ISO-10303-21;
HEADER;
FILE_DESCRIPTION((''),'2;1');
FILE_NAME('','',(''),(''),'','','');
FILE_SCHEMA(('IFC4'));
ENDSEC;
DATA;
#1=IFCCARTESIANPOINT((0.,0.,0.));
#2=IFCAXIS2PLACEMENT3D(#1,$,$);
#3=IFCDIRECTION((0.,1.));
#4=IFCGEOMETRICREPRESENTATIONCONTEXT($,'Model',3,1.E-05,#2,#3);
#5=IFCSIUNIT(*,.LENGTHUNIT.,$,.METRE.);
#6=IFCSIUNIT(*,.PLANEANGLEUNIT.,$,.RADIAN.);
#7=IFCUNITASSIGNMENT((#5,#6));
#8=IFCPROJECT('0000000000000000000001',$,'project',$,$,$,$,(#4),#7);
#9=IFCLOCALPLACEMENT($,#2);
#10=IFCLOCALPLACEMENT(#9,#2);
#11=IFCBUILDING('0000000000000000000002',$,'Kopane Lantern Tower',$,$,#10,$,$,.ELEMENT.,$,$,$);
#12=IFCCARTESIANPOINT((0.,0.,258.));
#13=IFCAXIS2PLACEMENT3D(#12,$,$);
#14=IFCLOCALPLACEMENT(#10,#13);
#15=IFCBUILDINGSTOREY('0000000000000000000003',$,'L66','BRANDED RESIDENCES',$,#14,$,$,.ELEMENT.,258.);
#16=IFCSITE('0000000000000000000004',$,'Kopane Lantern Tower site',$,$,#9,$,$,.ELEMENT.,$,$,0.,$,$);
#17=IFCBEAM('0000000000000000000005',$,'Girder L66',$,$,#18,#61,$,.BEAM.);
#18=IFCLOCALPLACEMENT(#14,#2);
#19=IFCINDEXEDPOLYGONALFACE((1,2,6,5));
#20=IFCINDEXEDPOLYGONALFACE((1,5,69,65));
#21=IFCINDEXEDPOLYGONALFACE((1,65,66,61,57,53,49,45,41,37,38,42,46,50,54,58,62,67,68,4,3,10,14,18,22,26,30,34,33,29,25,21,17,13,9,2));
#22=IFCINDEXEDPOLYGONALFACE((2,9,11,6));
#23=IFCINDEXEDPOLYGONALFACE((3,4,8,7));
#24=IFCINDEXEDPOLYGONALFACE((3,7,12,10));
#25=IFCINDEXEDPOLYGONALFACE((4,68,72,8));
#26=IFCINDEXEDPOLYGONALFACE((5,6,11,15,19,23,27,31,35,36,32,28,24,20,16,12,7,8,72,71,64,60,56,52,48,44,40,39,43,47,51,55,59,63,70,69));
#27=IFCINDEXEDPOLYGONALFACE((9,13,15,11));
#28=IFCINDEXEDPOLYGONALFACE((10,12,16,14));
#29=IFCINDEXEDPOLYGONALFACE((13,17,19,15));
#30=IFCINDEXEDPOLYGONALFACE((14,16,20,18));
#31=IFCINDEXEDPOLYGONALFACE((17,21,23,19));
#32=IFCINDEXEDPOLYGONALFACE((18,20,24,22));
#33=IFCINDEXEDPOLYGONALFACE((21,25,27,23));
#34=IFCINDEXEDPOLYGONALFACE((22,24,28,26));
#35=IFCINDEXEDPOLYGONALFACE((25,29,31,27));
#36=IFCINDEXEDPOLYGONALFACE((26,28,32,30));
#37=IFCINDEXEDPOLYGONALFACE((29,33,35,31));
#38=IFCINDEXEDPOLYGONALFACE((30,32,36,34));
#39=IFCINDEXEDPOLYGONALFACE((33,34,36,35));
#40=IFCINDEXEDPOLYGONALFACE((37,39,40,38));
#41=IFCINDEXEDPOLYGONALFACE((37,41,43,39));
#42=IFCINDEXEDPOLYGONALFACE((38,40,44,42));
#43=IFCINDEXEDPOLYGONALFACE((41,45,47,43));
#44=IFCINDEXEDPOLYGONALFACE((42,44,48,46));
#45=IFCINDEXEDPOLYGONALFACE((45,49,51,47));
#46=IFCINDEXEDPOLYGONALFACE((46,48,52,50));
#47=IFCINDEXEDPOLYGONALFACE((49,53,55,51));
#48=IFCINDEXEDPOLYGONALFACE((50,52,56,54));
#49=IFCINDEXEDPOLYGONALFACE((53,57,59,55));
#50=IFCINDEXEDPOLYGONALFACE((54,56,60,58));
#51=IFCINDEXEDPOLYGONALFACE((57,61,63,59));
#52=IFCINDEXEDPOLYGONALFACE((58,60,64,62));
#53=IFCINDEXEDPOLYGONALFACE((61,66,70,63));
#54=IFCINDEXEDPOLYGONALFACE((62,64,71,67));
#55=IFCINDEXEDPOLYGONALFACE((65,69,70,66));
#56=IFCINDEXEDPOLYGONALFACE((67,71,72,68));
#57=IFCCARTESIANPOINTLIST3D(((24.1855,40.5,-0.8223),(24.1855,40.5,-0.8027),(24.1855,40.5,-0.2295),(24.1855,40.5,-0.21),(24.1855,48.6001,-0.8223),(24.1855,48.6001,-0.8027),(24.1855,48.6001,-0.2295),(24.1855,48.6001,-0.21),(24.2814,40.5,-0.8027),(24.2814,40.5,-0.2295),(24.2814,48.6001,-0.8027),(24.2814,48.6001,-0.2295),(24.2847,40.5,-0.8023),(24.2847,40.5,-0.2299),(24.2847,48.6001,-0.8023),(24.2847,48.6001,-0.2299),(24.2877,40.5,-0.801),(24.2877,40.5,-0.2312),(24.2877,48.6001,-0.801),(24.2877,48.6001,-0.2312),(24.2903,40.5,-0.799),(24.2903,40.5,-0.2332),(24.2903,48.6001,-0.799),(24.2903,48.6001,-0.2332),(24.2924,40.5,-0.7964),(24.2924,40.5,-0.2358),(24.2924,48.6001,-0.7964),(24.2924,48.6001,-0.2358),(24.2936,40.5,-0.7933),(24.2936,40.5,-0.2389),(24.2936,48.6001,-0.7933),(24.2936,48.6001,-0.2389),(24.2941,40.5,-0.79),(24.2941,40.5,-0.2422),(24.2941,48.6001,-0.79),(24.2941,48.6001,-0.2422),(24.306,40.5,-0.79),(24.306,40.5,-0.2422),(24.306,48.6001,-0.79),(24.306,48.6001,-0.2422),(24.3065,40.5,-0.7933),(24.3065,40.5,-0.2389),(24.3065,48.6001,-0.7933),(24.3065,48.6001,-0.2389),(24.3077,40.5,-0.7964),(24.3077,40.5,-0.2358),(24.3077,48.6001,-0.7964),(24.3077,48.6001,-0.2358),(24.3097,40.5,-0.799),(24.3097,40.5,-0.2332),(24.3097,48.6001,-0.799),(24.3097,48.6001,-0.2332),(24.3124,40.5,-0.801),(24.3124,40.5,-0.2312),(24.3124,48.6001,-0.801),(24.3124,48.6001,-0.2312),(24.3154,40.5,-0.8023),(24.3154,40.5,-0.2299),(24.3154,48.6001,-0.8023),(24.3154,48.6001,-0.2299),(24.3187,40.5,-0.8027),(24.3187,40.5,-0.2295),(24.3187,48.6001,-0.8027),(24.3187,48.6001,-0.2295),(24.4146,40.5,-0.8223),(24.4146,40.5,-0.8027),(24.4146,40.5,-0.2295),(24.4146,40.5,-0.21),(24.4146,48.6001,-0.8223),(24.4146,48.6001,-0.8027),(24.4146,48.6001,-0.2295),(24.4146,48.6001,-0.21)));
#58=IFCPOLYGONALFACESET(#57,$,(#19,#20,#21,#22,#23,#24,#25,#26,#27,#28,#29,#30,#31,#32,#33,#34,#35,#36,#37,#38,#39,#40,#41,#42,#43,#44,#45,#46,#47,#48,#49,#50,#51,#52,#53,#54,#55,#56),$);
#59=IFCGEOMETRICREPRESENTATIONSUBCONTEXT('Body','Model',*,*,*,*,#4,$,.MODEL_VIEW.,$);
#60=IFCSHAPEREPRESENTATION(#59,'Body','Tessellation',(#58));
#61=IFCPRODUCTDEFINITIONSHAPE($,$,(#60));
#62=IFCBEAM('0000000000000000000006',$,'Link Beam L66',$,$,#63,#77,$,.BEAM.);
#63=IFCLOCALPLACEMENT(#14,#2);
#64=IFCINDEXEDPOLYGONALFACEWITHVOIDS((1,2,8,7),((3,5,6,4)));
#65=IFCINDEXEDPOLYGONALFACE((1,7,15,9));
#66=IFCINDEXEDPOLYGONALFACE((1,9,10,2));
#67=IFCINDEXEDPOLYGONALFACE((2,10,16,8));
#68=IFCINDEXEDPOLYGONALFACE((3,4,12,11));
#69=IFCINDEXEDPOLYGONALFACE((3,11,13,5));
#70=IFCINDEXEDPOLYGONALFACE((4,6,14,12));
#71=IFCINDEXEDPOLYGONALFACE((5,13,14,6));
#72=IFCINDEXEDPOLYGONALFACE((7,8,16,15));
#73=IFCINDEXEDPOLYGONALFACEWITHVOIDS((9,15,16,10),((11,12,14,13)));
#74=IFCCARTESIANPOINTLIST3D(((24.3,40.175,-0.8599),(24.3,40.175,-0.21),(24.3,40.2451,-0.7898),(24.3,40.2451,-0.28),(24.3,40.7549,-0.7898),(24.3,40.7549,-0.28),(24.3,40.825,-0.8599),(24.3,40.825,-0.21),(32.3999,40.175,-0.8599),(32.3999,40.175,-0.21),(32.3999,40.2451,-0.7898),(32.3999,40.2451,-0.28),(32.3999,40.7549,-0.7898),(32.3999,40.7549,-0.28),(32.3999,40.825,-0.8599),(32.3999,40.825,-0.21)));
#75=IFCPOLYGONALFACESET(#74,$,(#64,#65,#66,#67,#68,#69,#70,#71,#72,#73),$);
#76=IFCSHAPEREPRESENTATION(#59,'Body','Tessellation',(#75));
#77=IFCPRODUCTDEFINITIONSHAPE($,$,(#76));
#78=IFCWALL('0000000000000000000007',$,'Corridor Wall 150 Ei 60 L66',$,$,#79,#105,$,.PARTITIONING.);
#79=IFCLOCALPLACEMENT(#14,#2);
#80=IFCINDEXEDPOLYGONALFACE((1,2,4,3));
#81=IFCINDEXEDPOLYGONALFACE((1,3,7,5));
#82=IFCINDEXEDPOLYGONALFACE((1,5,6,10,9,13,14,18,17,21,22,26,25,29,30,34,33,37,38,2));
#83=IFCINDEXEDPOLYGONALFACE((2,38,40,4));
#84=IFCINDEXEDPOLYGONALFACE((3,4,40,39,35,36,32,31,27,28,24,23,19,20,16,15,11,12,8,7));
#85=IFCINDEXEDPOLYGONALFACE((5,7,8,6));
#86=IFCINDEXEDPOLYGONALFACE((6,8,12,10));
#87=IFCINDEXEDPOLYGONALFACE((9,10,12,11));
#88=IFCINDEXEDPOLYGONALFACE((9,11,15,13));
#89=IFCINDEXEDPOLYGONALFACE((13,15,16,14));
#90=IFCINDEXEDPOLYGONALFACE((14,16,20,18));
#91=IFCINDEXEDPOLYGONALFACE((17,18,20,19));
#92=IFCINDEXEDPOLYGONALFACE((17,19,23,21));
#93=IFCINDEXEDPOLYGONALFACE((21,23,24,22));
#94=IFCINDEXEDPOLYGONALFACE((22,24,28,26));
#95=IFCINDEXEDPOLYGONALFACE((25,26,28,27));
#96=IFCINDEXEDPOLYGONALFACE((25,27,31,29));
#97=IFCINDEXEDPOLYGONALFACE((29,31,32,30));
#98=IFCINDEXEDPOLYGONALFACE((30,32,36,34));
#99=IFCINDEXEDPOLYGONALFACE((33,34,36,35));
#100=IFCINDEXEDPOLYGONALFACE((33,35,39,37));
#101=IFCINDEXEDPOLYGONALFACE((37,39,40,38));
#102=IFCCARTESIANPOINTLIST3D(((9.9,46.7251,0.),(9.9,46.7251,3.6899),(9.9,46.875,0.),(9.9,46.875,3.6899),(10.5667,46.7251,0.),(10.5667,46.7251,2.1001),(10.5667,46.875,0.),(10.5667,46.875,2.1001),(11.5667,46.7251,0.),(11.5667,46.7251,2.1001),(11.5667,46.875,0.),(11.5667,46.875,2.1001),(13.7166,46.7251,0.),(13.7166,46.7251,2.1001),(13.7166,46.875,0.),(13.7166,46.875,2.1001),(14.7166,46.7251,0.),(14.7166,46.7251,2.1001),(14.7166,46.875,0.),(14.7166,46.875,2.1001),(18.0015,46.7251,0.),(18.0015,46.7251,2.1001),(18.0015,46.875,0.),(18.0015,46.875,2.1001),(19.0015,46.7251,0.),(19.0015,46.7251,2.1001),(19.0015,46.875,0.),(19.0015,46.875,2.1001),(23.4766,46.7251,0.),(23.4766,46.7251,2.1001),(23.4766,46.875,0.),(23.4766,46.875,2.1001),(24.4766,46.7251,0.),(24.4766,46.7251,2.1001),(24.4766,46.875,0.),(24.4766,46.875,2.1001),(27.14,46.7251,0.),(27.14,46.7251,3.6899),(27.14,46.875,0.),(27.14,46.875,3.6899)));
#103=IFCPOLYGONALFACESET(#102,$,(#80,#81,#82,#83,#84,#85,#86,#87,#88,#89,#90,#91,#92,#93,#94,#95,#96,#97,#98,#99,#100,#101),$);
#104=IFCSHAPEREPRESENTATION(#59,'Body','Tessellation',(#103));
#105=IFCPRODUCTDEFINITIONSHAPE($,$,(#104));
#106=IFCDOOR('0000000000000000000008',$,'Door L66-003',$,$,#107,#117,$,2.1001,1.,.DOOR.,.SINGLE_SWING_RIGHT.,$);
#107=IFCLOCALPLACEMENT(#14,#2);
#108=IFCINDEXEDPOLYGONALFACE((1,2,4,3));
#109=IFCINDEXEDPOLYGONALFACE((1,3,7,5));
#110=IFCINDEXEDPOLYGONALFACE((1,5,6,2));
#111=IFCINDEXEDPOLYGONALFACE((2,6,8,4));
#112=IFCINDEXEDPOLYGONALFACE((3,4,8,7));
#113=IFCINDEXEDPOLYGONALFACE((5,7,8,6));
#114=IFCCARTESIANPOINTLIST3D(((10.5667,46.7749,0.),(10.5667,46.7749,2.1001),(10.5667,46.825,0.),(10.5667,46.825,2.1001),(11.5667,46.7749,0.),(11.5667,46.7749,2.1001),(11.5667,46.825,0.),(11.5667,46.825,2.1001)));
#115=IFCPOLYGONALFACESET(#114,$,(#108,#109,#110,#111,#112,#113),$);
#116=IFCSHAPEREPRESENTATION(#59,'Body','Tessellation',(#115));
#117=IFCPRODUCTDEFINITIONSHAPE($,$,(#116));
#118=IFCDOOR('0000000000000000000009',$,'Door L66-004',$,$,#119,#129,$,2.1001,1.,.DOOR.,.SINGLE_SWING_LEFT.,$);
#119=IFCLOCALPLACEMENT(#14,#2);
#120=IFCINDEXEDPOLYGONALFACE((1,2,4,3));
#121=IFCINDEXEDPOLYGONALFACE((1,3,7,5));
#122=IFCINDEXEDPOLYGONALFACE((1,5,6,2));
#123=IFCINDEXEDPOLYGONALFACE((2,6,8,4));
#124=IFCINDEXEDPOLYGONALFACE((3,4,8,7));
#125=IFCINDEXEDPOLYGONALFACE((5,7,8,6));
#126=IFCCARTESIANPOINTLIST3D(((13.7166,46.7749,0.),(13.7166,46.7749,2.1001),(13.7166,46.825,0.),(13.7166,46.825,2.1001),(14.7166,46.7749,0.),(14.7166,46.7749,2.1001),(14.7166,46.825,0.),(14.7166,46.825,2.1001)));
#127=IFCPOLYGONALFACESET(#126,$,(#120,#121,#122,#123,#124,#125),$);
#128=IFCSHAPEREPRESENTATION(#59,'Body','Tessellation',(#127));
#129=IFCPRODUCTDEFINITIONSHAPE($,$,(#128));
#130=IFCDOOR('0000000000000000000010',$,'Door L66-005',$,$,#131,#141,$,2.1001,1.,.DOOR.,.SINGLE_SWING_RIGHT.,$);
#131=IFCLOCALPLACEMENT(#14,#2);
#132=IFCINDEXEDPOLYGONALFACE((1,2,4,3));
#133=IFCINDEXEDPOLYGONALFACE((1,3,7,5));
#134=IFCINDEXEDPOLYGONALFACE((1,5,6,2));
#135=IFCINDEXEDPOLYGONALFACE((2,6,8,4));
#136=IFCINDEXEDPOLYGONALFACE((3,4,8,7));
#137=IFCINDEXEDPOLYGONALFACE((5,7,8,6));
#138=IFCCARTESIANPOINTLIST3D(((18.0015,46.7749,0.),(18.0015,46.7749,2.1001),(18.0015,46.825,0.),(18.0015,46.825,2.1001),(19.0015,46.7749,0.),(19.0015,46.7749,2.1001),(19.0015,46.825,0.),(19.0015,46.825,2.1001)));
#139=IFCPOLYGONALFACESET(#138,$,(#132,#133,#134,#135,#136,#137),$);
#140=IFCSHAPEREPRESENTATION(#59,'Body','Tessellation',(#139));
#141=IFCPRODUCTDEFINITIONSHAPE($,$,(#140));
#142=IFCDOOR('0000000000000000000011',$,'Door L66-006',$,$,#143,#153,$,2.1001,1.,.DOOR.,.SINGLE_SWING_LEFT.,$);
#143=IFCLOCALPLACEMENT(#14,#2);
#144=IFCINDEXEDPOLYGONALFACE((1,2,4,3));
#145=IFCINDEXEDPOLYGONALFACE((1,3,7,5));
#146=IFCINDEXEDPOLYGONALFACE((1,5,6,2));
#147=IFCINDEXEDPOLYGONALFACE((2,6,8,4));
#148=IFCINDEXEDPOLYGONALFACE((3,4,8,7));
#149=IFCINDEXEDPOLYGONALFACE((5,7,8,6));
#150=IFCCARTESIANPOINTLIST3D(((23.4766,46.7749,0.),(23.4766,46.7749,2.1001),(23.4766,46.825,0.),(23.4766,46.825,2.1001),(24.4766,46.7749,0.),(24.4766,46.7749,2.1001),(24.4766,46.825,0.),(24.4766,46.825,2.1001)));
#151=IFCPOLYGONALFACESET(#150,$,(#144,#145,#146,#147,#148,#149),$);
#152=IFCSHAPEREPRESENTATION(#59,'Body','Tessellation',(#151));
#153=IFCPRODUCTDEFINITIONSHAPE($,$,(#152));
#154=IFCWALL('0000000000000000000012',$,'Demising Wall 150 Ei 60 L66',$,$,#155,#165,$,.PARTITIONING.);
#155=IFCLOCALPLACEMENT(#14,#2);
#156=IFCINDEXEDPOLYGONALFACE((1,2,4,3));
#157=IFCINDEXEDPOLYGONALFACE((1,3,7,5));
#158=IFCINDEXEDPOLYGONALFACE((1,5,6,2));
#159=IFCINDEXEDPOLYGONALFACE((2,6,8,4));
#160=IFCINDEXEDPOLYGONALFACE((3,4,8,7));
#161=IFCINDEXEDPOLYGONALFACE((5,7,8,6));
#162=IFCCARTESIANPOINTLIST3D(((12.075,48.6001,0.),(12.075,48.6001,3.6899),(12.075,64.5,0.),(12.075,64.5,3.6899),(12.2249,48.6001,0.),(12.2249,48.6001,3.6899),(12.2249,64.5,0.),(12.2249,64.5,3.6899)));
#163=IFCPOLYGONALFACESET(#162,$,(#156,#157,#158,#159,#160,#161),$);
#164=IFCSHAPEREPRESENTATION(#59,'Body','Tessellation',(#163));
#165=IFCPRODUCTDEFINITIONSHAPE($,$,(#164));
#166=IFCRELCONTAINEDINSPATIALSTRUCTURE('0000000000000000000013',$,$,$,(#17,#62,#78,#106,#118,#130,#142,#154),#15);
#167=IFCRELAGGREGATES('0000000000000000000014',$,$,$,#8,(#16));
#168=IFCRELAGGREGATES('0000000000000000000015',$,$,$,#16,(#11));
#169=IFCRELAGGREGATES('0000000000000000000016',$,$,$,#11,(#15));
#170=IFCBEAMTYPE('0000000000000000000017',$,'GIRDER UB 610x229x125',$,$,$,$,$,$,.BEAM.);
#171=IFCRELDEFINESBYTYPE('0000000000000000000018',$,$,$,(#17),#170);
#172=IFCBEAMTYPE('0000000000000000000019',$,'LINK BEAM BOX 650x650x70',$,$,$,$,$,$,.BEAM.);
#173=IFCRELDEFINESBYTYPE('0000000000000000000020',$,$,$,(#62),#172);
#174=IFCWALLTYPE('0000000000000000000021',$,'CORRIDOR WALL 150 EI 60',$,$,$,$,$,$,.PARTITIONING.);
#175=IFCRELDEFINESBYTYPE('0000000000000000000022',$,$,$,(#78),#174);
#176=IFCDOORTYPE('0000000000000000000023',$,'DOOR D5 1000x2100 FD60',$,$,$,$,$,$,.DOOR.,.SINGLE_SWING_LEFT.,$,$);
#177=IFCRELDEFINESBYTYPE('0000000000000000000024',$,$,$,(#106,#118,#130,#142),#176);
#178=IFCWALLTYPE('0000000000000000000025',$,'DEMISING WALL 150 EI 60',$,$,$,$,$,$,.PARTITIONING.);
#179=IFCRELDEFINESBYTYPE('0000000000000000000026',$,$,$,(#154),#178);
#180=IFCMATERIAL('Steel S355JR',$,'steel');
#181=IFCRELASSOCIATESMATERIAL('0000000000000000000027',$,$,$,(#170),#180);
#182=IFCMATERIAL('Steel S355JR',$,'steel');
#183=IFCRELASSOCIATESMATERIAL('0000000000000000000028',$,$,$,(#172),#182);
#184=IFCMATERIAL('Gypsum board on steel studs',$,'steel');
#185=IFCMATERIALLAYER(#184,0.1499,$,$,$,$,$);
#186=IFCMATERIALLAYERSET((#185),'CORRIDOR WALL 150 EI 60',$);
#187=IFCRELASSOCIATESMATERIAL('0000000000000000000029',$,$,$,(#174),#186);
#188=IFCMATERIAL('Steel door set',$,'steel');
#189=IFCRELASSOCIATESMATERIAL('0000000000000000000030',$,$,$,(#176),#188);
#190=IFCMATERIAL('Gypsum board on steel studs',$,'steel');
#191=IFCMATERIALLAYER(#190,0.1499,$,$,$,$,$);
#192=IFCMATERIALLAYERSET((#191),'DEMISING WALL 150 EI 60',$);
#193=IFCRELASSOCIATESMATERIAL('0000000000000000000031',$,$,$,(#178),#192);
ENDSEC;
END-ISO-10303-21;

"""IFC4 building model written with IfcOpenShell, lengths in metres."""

from ifc_helpers import new_model, si_unit, direction, frame, frame_2d, origin, origin_2d, place, context, subcontext, project, spatial, rectangle, hollow_rectangle, i_section, extrude, material, layer, layer_set, material_profile, profile_set, type_object, element, fill, save


model = new_model("IFC4")

# Units and contexts
model_context = context("Model", 3, precision=1e-05, world=origin(), true_north=direction((0.0, 1.0)))
body_context = subcontext(model_context, "Body", "Model", "MODEL_VIEW")
ifc_project = project(units=[si_unit("LENGTHUNIT", "METRE"), si_unit("PLANEANGLEUNIT", "RADIAN")], contexts=[model_context])

# Site, building, storey
site_placement = place(None, origin())
site = spatial("IfcSite", under=ifc_project, at=site_placement, Name="Kopane Lantern Tower site", CompositionType="ELEMENT", RefElevation=0.0)
building_placement = place(site_placement, origin())
building = spatial("IfcBuilding", under=site, at=building_placement, Name="Kopane Lantern Tower", CompositionType="ELEMENT")
storey_placement = place(building_placement, frame((0.0, 0.0, 258.0)))
storey = spatial("IfcBuildingStorey", under=building, at=storey_placement, Name="L66", Description="BRANDED RESIDENCES", CompositionType="ELEMENT", Elevation=258.0)

# Beams
ifc_material_1 = material(Name="Steel S355JR", Category="steel")
ifc_material_profile_1 = material_profile(ifc_material_1, i_section(OverallWidth=0.229, OverallDepth=0.6123, WebThickness=0.012, FlangeThickness=0.0195, FilletRadius=0.0127, at=origin_2d()), Name="UB 610x229x125")
ifc_profile_set_1 = profile_set([ifc_material_profile_1], Name="Steel S355JR")
beam_type_1 = type_object("IfcBeamType", Name="GIRDER UB 610x229x125", PredefinedType="BEAM", material=ifc_profile_set_1)
for number, where, z_axis, x_axis, name in (
    (1, (24.3, 40.5, -0.5161), (0.0, 1.0, 0.0), (-1.0, 0.0, 0.0), "Girder L66"),
):
    element("IfcBeam", number, at=place(storey_placement, frame(where, z_axis=z_axis, x_axis=x_axis)), inside=storey, type_object=beam_type_1, Name=name, PredefinedType="BEAM", context=body_context, shape_type="SweptSolid", body=[
        extrude(i_section(OverallWidth=0.229, OverallDepth=0.6123, WebThickness=0.012, FlangeThickness=0.0195, FilletRadius=0.0127, at=origin_2d()), origin(), (0.0, 0.0, 1.0), 8.1001),
    ])
ifc_material_2 = material(Name="Steel S355JR", Category="steel")
ifc_material_profile_2 = material_profile(ifc_material_2, hollow_rectangle(XDim=0.6499, YDim=0.6499, WallThickness=0.0701, at=origin_2d()), Name="BOX 650x650x70")
ifc_profile_set_2 = profile_set([ifc_material_profile_2], Name="Steel S355JR")
beam_type_2 = type_object("IfcBeamType", Name="LINK BEAM BOX 650x650x70", PredefinedType="BEAM", material=ifc_profile_set_2)
beam_1_placement = place(storey_placement, frame((24.3, 40.5, -0.5349), z_axis=(1.0, 0.0, 0.0), x_axis=(0.0, 1.0, 0.0)))
element("IfcBeam", 2, at=beam_1_placement, inside=storey, type_object=beam_type_2, Name="Link Beam L66", PredefinedType="BEAM", context=body_context, shape_type="SweptSolid", body=[
    extrude(hollow_rectangle(XDim=0.6499, YDim=0.6499, WallThickness=0.0701, at=origin_2d()), origin(), (0.0, 0.0, 1.0), 8.0999),
])

# Wall, openings, doors
ifc_material_3 = material(Name="Gypsum board on steel studs", Category="steel")
ifc_layer_1 = layer(ifc_material_3, 0.1499)
ifc_layer_set_1 = layer_set([ifc_layer_1], Name="CORRIDOR WALL 150 EI 60")
wall_type_1 = type_object("IfcWallType", Name="CORRIDOR WALL 150 EI 60", PredefinedType="PARTITIONING", material=ifc_layer_set_1)
wall_1_placement = place(storey_placement, frame((9.8999, 46.8, 0.0), z_axis=(0.0, 0.0, 1.0), x_axis=(1.0, 0.0, 0.0)))
wall_1 = element("IfcWall", 3, at=wall_1_placement, inside=storey, type_object=wall_type_1, Name="Corridor Wall 150 Ei 60 L66", PredefinedType="PARTITIONING", context=body_context, shape_type="SweptSolid", body=[
    extrude(rectangle(XDim=17.24, YDim=0.1499, at=frame_2d((8.6201, 0.0))), origin(), (0.0, 0.0, 1.0), 3.6899),
])
opening_1_placement = place(wall_1_placement, frame((0.6667, 0.0, 0.0)))
opening_1 = element("IfcOpeningElement", 4, at=opening_1_placement, cuts=wall_1, PredefinedType="OPENING", context=body_context, shape_type="SweptSolid", body=[
    extrude(rectangle(XDim=1.0, YDim=2.1001, at=frame_2d((0.5, 1.05))), frame((0.0, 0.085, 0.0), z_axis=(0.0, -1.0, 0.0), x_axis=(1.0, 0.0, 0.0)), (0.0, 0.0, 1.0), 0.1699),
])
opening_2_placement = place(wall_1_placement, frame((3.8167, 0.0, 0.0)))
opening_2 = element("IfcOpeningElement", 5, at=opening_2_placement, cuts=wall_1, PredefinedType="OPENING", context=body_context, shape_type="SweptSolid", body=[
    extrude(rectangle(XDim=1.0, YDim=2.1001, at=frame_2d((0.5, 1.05))), frame((0.0, 0.085, 0.0), z_axis=(0.0, -1.0, 0.0), x_axis=(1.0, 0.0, 0.0)), (0.0, 0.0, 1.0), 0.1699),
])
opening_3_placement = place(wall_1_placement, frame((8.1016, 0.0, 0.0)))
opening_3 = element("IfcOpeningElement", 6, at=opening_3_placement, cuts=wall_1, PredefinedType="OPENING", context=body_context, shape_type="SweptSolid", body=[
    extrude(rectangle(XDim=1.0, YDim=2.1001, at=frame_2d((0.5, 1.05))), frame((0.0, 0.085, 0.0), z_axis=(0.0, -1.0, 0.0), x_axis=(1.0, 0.0, 0.0)), (0.0, 0.0, 1.0), 0.1699),
])
opening_4_placement = place(wall_1_placement, frame((13.5767, 0.0, 0.0)))
opening_4 = element("IfcOpeningElement", 7, at=opening_4_placement, cuts=wall_1, PredefinedType="OPENING", context=body_context, shape_type="SweptSolid", body=[
    extrude(rectangle(XDim=1.0, YDim=2.1001, at=frame_2d((0.5, 1.05))), frame((0.0, 0.085, 0.0), z_axis=(0.0, -1.0, 0.0), x_axis=(1.0, 0.0, 0.0)), (0.0, 0.0, 1.0), 0.1699),
])
ifc_material_4 = material(Name="Steel door set", Category="steel")
door_type_1 = type_object("IfcDoorType", Name="DOOR D5 1000x2100 FD60", OperationType="SINGLE_SWING_LEFT", PredefinedType="DOOR", material=ifc_material_4)
door_1_placement = place(opening_1_placement, origin())
door_1 = element("IfcDoor", 8, at=door_1_placement, inside=storey, type_object=door_type_1, Name="Door L66-003", OperationType="SINGLE_SWING_RIGHT", OverallHeight=2.1001, OverallWidth=1.0, PredefinedType="DOOR", context=body_context, shape_type="SweptSolid", body=[
    extrude(rectangle(XDim=1.0, YDim=2.1001, at=frame_2d((0.5, 1.05))), frame((0.0, 0.0249, 0.0), z_axis=(0.0, -1.0, 0.0), x_axis=(1.0, 0.0, 0.0)), (0.0, 0.0, 1.0), 0.05),
])
fill(opening_1, door_1)
door_2_placement = place(opening_2_placement, origin())
door_2 = element("IfcDoor", 9, at=door_2_placement, inside=storey, type_object=door_type_1, Name="Door L66-004", OperationType="SINGLE_SWING_LEFT", OverallHeight=2.1001, OverallWidth=1.0, PredefinedType="DOOR", context=body_context, shape_type="SweptSolid", body=[
    extrude(rectangle(XDim=1.0, YDim=2.1001, at=frame_2d((0.5, 1.05))), frame((0.0, 0.0249, 0.0), z_axis=(0.0, -1.0, 0.0), x_axis=(1.0, 0.0, 0.0)), (0.0, 0.0, 1.0), 0.05),
])
fill(opening_2, door_2)
door_3_placement = place(opening_3_placement, origin())
door_3 = element("IfcDoor", 10, at=door_3_placement, inside=storey, type_object=door_type_1, Name="Door L66-005", OperationType="SINGLE_SWING_RIGHT", OverallHeight=2.1001, OverallWidth=1.0, PredefinedType="DOOR", context=body_context, shape_type="SweptSolid", body=[
    extrude(rectangle(XDim=1.0, YDim=2.1001, at=frame_2d((0.5, 1.05))), frame((0.0, 0.0249, 0.0), z_axis=(0.0, -1.0, 0.0), x_axis=(1.0, 0.0, 0.0)), (0.0, 0.0, 1.0), 0.05),
])
fill(opening_3, door_3)
door_4_placement = place(opening_4_placement, origin())
door_4 = element("IfcDoor", 11, at=door_4_placement, inside=storey, type_object=door_type_1, Name="Door L66-006", OperationType="SINGLE_SWING_LEFT", OverallHeight=2.1001, OverallWidth=1.0, PredefinedType="DOOR", context=body_context, shape_type="SweptSolid", body=[
    extrude(rectangle(XDim=1.0, YDim=2.1001, at=frame_2d((0.5, 1.05))), frame((0.0, 0.0249, 0.0), z_axis=(0.0, -1.0, 0.0), x_axis=(1.0, 0.0, 0.0)), (0.0, 0.0, 1.0), 0.05),
])
fill(opening_4, door_4)

# Wall
ifc_material_5 = material(Name="Gypsum board on steel studs", Category="steel")
ifc_layer_2 = layer(ifc_material_5, 0.1499)
ifc_layer_set_2 = layer_set([ifc_layer_2], Name="DEMISING WALL 150 EI 60")
wall_type_2 = type_object("IfcWallType", Name="DEMISING WALL 150 EI 60", PredefinedType="PARTITIONING", material=ifc_layer_set_2)
wall_2_placement = place(storey_placement, frame((12.1499, 48.6001, 0.0), z_axis=(0.0, 0.0, 1.0), x_axis=(0.0, 1.0, 0.0)))
element("IfcWall", 12, at=wall_2_placement, inside=storey, type_object=wall_type_2, Name="Demising Wall 150 Ei 60 L66", PredefinedType="PARTITIONING", context=body_context, shape_type="SweptSolid", body=[
    extrude(rectangle(XDim=15.8999, YDim=0.1499, at=frame_2d((7.95, 0.0))), origin(), (0.0, 0.0, 1.0), 3.6899),
])

save(model, "model.ifc")
